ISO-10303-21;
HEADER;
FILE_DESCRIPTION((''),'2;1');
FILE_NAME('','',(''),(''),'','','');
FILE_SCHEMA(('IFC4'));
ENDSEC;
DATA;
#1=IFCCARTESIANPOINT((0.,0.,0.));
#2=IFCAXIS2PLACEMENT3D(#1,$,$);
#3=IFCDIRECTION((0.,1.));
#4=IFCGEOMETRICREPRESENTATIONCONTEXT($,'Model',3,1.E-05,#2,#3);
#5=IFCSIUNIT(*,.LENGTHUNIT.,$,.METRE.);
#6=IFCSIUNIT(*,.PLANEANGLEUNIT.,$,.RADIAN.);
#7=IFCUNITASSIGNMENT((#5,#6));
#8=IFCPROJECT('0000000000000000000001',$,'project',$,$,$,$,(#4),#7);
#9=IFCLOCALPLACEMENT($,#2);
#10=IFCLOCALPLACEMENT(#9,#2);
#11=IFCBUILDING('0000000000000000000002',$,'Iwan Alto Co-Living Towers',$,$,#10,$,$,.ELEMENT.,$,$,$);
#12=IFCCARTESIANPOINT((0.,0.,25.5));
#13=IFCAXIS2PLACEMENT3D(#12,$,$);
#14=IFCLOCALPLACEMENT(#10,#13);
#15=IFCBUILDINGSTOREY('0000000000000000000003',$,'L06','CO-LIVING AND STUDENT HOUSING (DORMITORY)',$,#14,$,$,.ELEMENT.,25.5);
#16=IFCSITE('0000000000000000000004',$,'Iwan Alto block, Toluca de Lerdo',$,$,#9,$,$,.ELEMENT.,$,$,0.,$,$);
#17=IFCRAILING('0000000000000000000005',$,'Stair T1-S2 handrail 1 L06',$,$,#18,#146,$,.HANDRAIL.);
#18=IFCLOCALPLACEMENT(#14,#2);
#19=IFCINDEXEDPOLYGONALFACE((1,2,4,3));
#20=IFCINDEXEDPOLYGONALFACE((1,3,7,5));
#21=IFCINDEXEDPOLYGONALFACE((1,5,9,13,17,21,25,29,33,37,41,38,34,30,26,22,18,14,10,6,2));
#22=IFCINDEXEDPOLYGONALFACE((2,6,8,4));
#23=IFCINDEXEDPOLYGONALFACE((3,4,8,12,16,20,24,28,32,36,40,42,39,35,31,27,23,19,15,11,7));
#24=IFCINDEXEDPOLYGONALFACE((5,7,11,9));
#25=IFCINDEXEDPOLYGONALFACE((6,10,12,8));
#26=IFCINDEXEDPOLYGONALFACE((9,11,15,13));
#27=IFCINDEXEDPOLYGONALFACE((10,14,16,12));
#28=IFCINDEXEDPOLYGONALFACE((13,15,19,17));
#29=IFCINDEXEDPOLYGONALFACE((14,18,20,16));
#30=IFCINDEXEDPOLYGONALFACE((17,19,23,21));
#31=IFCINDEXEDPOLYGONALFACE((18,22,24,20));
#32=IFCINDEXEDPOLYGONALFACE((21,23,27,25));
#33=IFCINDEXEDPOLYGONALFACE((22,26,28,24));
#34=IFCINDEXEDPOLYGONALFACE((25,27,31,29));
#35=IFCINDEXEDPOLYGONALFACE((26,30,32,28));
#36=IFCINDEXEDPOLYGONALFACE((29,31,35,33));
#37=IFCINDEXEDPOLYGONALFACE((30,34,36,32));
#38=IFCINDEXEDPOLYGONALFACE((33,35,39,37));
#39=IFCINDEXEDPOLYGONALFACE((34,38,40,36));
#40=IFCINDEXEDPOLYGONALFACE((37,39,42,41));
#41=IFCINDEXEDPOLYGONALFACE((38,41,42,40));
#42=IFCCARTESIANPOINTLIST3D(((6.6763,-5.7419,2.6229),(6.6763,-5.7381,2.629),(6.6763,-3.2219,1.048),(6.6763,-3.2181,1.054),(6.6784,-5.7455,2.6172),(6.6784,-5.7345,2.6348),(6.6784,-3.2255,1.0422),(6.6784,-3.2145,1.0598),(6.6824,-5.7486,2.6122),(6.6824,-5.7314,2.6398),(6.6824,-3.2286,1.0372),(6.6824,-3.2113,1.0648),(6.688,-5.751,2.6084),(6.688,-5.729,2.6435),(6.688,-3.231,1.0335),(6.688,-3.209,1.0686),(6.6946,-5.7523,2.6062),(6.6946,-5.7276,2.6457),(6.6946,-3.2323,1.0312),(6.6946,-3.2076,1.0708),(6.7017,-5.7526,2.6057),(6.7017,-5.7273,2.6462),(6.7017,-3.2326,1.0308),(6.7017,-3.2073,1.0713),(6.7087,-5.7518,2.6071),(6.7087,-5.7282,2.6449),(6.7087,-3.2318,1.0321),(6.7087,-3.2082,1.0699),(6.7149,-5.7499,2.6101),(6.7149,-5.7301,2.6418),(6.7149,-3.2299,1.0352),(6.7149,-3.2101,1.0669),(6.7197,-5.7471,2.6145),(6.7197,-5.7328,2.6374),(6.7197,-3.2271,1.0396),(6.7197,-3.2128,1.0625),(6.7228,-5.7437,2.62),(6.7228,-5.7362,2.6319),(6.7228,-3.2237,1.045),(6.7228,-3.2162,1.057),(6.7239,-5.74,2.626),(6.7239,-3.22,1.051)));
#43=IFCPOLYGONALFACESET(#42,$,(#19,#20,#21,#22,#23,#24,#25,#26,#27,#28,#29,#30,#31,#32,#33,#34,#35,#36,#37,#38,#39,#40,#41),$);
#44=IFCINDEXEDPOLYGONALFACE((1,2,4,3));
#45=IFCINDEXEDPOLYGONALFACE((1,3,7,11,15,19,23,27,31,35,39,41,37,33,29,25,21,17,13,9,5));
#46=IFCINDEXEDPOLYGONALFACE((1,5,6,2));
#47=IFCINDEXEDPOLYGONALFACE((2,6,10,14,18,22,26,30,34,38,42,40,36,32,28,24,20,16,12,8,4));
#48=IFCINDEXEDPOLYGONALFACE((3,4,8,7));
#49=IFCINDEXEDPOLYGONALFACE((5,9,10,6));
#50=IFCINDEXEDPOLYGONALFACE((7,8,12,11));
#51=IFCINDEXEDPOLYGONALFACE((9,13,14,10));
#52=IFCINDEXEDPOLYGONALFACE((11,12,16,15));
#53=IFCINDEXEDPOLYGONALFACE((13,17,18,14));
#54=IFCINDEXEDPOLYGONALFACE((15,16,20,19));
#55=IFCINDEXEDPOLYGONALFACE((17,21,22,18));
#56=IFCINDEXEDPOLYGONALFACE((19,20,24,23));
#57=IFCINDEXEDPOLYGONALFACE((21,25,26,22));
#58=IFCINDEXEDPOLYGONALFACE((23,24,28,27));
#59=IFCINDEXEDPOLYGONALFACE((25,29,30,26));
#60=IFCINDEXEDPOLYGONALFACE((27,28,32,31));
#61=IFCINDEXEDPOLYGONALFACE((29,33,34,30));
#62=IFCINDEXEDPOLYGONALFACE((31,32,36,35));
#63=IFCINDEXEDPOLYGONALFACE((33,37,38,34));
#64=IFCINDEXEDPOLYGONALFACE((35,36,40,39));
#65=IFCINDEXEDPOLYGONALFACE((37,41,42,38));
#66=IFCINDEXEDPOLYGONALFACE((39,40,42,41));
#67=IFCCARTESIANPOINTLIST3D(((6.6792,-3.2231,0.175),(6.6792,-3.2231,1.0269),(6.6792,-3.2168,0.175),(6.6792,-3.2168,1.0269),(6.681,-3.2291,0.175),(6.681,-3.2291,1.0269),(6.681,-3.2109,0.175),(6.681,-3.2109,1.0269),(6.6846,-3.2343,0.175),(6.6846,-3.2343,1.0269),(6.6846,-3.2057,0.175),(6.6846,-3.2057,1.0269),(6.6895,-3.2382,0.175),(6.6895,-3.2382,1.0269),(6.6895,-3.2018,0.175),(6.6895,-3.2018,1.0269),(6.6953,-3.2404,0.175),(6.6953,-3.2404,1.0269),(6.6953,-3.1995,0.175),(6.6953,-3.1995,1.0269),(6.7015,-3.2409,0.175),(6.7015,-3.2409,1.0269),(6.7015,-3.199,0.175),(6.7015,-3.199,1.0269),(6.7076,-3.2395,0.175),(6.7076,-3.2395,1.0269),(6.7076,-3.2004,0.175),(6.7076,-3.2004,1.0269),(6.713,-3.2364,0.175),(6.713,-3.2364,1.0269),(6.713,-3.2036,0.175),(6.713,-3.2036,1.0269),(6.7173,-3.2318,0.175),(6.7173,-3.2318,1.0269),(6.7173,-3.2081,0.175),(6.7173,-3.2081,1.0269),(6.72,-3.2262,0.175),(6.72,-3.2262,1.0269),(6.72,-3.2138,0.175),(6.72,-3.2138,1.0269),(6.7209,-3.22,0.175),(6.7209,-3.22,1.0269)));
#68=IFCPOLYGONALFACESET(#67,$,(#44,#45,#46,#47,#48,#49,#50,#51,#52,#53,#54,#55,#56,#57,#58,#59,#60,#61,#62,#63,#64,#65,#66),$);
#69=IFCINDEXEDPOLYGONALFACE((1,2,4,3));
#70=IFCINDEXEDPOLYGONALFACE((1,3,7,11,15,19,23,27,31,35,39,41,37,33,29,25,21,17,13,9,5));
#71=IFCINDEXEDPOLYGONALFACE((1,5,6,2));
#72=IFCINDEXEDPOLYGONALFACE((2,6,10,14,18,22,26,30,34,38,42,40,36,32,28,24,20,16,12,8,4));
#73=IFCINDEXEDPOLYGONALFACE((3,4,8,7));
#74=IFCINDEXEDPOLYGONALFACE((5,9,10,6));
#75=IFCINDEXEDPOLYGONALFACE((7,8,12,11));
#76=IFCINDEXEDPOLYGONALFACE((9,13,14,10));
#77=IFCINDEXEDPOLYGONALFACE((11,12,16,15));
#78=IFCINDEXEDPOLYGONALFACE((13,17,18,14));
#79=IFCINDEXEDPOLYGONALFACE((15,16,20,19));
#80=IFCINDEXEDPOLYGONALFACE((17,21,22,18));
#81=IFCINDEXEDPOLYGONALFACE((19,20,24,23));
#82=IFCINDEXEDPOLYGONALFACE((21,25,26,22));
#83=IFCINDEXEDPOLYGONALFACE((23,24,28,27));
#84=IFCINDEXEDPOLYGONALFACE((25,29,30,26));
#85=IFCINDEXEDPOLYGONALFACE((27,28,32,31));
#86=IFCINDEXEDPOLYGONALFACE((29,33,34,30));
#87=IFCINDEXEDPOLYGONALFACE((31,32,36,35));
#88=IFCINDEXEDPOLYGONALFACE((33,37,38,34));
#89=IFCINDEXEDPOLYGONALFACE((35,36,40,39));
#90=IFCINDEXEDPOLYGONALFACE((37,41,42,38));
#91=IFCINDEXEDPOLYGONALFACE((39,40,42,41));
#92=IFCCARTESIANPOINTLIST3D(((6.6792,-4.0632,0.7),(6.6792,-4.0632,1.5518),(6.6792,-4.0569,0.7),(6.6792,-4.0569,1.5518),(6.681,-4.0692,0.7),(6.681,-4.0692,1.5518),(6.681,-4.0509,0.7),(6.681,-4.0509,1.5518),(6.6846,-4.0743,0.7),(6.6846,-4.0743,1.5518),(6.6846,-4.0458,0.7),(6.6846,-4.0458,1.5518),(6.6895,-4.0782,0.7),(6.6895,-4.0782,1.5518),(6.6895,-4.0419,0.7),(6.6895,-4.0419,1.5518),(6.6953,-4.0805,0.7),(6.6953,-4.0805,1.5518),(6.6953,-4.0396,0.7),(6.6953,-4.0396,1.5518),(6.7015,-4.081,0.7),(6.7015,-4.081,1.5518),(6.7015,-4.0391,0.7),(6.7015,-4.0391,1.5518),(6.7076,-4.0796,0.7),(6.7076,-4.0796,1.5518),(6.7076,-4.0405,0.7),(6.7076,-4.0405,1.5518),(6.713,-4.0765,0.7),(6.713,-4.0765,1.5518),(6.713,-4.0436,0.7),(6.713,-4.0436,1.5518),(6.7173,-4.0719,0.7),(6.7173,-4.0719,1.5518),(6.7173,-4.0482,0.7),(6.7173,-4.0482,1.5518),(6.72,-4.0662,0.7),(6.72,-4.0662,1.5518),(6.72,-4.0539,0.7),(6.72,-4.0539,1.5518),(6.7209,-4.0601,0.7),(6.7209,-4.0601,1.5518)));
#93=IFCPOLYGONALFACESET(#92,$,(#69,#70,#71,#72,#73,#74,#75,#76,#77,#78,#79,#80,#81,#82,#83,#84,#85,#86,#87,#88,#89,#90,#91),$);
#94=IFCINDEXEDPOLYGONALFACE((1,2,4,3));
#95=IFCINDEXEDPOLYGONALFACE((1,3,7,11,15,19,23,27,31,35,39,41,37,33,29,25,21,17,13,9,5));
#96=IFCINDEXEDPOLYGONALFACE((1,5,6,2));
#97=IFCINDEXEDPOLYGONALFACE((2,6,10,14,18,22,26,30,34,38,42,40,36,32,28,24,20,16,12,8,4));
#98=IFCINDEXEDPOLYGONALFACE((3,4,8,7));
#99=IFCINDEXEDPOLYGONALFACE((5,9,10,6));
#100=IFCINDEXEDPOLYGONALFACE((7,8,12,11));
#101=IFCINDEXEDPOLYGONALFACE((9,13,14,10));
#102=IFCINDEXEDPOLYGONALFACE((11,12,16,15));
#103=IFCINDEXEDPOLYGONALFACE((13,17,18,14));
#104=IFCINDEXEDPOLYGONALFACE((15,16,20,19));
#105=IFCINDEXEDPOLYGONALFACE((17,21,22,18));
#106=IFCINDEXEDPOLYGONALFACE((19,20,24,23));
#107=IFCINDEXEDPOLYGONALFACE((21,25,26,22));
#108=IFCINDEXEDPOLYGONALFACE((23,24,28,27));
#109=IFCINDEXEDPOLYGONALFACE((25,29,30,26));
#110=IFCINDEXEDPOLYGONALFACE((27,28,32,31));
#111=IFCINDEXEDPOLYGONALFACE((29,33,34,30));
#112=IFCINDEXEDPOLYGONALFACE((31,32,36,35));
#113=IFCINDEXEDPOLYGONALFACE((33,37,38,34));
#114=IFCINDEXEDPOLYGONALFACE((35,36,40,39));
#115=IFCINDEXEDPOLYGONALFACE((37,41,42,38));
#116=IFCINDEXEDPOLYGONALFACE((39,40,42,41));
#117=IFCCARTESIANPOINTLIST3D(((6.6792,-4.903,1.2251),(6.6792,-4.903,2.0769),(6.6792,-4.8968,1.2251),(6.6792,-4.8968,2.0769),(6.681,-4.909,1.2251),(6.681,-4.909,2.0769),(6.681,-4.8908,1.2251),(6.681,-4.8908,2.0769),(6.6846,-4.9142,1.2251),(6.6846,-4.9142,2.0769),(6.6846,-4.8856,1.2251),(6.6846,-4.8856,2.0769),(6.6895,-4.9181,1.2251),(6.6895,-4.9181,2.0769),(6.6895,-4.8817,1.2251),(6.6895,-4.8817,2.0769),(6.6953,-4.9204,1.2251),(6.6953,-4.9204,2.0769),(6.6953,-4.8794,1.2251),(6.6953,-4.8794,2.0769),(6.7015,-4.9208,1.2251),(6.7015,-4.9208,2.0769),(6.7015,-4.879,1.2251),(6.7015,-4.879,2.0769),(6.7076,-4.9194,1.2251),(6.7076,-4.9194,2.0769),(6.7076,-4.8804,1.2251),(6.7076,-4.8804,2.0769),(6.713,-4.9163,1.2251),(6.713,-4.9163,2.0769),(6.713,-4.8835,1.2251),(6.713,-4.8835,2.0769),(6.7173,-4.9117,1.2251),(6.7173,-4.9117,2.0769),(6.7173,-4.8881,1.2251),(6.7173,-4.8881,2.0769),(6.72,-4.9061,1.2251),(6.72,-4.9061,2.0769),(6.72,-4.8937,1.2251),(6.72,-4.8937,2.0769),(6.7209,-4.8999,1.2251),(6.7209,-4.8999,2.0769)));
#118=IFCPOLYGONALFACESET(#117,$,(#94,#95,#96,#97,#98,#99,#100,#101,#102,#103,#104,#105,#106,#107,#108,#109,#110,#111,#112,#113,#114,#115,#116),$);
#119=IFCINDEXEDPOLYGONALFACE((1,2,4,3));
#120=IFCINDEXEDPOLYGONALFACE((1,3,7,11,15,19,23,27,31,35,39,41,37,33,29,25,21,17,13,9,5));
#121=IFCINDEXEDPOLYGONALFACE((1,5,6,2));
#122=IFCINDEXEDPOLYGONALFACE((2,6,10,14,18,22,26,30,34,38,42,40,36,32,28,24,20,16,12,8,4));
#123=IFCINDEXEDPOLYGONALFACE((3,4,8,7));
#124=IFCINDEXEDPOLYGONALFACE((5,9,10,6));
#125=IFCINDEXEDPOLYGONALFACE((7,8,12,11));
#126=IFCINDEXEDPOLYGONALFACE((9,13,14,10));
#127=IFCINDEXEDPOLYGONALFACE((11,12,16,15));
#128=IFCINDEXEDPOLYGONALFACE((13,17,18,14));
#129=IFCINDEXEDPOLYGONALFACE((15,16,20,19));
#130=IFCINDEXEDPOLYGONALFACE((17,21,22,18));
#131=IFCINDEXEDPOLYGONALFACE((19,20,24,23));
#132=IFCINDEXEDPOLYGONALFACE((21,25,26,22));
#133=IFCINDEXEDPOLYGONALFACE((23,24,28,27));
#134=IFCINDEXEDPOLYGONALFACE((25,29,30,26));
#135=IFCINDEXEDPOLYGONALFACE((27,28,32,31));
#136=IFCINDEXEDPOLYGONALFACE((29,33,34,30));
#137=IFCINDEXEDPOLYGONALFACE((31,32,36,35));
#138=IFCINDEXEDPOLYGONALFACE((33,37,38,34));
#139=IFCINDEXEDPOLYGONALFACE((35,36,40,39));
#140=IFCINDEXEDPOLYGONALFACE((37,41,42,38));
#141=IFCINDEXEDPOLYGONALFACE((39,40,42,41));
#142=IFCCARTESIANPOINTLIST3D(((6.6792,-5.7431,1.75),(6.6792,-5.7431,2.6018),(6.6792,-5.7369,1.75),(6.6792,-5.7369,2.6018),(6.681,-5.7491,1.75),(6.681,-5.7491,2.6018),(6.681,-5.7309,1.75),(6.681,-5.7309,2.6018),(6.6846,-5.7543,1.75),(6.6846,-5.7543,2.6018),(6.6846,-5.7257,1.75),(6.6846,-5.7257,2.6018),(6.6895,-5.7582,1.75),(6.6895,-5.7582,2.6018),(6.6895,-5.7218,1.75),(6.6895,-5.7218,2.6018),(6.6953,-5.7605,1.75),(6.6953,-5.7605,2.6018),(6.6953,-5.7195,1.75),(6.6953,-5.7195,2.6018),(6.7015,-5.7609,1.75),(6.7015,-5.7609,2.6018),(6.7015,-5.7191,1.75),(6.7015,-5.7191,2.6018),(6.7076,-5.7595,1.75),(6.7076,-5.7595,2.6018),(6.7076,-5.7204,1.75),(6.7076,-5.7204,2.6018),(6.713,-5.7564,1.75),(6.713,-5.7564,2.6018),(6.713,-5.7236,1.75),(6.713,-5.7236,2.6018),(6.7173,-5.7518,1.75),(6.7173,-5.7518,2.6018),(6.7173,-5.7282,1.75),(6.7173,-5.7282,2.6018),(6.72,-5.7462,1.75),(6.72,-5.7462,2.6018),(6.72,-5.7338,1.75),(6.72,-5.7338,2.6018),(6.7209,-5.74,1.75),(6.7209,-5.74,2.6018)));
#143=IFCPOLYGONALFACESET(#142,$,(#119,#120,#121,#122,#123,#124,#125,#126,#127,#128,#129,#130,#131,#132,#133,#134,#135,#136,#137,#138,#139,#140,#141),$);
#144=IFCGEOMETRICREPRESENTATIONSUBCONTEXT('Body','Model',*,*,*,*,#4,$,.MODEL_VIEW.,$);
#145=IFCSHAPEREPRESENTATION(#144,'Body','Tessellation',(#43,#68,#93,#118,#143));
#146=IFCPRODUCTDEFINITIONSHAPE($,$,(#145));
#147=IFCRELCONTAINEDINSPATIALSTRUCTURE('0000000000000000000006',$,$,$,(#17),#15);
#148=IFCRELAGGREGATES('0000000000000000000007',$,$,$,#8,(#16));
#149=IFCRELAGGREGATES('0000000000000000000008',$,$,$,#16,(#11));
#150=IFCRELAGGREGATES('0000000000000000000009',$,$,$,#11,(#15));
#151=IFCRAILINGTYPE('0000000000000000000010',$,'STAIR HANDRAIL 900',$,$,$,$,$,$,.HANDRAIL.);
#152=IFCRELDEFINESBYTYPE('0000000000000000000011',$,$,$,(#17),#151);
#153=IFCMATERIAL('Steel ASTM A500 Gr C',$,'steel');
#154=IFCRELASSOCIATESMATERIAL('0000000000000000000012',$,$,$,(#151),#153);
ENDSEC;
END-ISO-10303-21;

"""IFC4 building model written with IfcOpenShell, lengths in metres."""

from ifc_helpers import new_model, si_unit, direction, frame, origin, origin_2d, place, context, subcontext, project, spatial, circle, extrude, material, type_object, element, save


model = new_model("IFC4")

# Units and contexts
model_context = context("Model", 3, precision=1e-05, world=origin(), true_north=direction((0.0, 1.0)))
body_context = subcontext(model_context, "Body", "Model", "MODEL_VIEW")
ifc_project = project(units=[si_unit("LENGTHUNIT", "METRE"), si_unit("PLANEANGLEUNIT", "RADIAN")], contexts=[model_context])

# Site, building, storey
site_placement = place(None, origin())
site = spatial("IfcSite", under=ifc_project, at=site_placement, Name="Iwan Alto block, Toluca de Lerdo", CompositionType="ELEMENT", RefElevation=0.0)
building_placement = place(site_placement, origin())
building = spatial("IfcBuilding", under=site, at=building_placement, Name="Iwan Alto Co-Living Towers", CompositionType="ELEMENT")
storey_placement = place(building_placement, frame((0.0, 0.0, 25.5)))
storey = spatial("IfcBuildingStorey", under=building, at=storey_placement, Name="L06", Description="CO-LIVING AND STUDENT HOUSING (DORMITORY)", CompositionType="ELEMENT", Elevation=25.5)

# Railing
ifc_material_1 = material(Name="Steel ASTM A500 Gr C", Category="steel")
railing_type_1 = type_object("IfcRailingType", Name="STAIR HANDRAIL 900", PredefinedType="HANDRAIL", material=ifc_material_1)
railing_1_placement = place(storey_placement, frame((6.7, -3.22, 0.175)))
element("IfcRailing", 1, at=railing_1_placement, inside=storey, type_object=railing_type_1, Name="Stair T1-S2 handrail 1 L06", PredefinedType="HANDRAIL", context=body_context, shape_type="SweptSolid", body=[
    extrude(circle(Radius=0.0239, at=origin_2d()), frame((0.0, 0.0, 0.876), z_axis=(0.0, -0.848008, 0.529984), x_axis=(1.0, 0.0, 0.0)), (0.0, 0.0, 1.0), 2.9717),
    extrude(circle(Radius=0.021, at=origin_2d()), origin(), (0.0, 0.0, 1.0), 0.8518),
    extrude(circle(Radius=0.021, at=origin_2d()), frame((0.0, -0.8401, 0.5249)), (0.0, 0.0, 1.0), 0.8518),
    extrude(circle(Radius=0.021, at=origin_2d()), frame((0.0, -1.6799, 1.05)), (0.0, 0.0, 1.0), 0.8518),
    extrude(circle(Radius=0.021, at=origin_2d()), frame((0.0, -2.52, 1.575)), (0.0, 0.0, 1.0), 0.8518),
])

save(model, "model.ifc")
